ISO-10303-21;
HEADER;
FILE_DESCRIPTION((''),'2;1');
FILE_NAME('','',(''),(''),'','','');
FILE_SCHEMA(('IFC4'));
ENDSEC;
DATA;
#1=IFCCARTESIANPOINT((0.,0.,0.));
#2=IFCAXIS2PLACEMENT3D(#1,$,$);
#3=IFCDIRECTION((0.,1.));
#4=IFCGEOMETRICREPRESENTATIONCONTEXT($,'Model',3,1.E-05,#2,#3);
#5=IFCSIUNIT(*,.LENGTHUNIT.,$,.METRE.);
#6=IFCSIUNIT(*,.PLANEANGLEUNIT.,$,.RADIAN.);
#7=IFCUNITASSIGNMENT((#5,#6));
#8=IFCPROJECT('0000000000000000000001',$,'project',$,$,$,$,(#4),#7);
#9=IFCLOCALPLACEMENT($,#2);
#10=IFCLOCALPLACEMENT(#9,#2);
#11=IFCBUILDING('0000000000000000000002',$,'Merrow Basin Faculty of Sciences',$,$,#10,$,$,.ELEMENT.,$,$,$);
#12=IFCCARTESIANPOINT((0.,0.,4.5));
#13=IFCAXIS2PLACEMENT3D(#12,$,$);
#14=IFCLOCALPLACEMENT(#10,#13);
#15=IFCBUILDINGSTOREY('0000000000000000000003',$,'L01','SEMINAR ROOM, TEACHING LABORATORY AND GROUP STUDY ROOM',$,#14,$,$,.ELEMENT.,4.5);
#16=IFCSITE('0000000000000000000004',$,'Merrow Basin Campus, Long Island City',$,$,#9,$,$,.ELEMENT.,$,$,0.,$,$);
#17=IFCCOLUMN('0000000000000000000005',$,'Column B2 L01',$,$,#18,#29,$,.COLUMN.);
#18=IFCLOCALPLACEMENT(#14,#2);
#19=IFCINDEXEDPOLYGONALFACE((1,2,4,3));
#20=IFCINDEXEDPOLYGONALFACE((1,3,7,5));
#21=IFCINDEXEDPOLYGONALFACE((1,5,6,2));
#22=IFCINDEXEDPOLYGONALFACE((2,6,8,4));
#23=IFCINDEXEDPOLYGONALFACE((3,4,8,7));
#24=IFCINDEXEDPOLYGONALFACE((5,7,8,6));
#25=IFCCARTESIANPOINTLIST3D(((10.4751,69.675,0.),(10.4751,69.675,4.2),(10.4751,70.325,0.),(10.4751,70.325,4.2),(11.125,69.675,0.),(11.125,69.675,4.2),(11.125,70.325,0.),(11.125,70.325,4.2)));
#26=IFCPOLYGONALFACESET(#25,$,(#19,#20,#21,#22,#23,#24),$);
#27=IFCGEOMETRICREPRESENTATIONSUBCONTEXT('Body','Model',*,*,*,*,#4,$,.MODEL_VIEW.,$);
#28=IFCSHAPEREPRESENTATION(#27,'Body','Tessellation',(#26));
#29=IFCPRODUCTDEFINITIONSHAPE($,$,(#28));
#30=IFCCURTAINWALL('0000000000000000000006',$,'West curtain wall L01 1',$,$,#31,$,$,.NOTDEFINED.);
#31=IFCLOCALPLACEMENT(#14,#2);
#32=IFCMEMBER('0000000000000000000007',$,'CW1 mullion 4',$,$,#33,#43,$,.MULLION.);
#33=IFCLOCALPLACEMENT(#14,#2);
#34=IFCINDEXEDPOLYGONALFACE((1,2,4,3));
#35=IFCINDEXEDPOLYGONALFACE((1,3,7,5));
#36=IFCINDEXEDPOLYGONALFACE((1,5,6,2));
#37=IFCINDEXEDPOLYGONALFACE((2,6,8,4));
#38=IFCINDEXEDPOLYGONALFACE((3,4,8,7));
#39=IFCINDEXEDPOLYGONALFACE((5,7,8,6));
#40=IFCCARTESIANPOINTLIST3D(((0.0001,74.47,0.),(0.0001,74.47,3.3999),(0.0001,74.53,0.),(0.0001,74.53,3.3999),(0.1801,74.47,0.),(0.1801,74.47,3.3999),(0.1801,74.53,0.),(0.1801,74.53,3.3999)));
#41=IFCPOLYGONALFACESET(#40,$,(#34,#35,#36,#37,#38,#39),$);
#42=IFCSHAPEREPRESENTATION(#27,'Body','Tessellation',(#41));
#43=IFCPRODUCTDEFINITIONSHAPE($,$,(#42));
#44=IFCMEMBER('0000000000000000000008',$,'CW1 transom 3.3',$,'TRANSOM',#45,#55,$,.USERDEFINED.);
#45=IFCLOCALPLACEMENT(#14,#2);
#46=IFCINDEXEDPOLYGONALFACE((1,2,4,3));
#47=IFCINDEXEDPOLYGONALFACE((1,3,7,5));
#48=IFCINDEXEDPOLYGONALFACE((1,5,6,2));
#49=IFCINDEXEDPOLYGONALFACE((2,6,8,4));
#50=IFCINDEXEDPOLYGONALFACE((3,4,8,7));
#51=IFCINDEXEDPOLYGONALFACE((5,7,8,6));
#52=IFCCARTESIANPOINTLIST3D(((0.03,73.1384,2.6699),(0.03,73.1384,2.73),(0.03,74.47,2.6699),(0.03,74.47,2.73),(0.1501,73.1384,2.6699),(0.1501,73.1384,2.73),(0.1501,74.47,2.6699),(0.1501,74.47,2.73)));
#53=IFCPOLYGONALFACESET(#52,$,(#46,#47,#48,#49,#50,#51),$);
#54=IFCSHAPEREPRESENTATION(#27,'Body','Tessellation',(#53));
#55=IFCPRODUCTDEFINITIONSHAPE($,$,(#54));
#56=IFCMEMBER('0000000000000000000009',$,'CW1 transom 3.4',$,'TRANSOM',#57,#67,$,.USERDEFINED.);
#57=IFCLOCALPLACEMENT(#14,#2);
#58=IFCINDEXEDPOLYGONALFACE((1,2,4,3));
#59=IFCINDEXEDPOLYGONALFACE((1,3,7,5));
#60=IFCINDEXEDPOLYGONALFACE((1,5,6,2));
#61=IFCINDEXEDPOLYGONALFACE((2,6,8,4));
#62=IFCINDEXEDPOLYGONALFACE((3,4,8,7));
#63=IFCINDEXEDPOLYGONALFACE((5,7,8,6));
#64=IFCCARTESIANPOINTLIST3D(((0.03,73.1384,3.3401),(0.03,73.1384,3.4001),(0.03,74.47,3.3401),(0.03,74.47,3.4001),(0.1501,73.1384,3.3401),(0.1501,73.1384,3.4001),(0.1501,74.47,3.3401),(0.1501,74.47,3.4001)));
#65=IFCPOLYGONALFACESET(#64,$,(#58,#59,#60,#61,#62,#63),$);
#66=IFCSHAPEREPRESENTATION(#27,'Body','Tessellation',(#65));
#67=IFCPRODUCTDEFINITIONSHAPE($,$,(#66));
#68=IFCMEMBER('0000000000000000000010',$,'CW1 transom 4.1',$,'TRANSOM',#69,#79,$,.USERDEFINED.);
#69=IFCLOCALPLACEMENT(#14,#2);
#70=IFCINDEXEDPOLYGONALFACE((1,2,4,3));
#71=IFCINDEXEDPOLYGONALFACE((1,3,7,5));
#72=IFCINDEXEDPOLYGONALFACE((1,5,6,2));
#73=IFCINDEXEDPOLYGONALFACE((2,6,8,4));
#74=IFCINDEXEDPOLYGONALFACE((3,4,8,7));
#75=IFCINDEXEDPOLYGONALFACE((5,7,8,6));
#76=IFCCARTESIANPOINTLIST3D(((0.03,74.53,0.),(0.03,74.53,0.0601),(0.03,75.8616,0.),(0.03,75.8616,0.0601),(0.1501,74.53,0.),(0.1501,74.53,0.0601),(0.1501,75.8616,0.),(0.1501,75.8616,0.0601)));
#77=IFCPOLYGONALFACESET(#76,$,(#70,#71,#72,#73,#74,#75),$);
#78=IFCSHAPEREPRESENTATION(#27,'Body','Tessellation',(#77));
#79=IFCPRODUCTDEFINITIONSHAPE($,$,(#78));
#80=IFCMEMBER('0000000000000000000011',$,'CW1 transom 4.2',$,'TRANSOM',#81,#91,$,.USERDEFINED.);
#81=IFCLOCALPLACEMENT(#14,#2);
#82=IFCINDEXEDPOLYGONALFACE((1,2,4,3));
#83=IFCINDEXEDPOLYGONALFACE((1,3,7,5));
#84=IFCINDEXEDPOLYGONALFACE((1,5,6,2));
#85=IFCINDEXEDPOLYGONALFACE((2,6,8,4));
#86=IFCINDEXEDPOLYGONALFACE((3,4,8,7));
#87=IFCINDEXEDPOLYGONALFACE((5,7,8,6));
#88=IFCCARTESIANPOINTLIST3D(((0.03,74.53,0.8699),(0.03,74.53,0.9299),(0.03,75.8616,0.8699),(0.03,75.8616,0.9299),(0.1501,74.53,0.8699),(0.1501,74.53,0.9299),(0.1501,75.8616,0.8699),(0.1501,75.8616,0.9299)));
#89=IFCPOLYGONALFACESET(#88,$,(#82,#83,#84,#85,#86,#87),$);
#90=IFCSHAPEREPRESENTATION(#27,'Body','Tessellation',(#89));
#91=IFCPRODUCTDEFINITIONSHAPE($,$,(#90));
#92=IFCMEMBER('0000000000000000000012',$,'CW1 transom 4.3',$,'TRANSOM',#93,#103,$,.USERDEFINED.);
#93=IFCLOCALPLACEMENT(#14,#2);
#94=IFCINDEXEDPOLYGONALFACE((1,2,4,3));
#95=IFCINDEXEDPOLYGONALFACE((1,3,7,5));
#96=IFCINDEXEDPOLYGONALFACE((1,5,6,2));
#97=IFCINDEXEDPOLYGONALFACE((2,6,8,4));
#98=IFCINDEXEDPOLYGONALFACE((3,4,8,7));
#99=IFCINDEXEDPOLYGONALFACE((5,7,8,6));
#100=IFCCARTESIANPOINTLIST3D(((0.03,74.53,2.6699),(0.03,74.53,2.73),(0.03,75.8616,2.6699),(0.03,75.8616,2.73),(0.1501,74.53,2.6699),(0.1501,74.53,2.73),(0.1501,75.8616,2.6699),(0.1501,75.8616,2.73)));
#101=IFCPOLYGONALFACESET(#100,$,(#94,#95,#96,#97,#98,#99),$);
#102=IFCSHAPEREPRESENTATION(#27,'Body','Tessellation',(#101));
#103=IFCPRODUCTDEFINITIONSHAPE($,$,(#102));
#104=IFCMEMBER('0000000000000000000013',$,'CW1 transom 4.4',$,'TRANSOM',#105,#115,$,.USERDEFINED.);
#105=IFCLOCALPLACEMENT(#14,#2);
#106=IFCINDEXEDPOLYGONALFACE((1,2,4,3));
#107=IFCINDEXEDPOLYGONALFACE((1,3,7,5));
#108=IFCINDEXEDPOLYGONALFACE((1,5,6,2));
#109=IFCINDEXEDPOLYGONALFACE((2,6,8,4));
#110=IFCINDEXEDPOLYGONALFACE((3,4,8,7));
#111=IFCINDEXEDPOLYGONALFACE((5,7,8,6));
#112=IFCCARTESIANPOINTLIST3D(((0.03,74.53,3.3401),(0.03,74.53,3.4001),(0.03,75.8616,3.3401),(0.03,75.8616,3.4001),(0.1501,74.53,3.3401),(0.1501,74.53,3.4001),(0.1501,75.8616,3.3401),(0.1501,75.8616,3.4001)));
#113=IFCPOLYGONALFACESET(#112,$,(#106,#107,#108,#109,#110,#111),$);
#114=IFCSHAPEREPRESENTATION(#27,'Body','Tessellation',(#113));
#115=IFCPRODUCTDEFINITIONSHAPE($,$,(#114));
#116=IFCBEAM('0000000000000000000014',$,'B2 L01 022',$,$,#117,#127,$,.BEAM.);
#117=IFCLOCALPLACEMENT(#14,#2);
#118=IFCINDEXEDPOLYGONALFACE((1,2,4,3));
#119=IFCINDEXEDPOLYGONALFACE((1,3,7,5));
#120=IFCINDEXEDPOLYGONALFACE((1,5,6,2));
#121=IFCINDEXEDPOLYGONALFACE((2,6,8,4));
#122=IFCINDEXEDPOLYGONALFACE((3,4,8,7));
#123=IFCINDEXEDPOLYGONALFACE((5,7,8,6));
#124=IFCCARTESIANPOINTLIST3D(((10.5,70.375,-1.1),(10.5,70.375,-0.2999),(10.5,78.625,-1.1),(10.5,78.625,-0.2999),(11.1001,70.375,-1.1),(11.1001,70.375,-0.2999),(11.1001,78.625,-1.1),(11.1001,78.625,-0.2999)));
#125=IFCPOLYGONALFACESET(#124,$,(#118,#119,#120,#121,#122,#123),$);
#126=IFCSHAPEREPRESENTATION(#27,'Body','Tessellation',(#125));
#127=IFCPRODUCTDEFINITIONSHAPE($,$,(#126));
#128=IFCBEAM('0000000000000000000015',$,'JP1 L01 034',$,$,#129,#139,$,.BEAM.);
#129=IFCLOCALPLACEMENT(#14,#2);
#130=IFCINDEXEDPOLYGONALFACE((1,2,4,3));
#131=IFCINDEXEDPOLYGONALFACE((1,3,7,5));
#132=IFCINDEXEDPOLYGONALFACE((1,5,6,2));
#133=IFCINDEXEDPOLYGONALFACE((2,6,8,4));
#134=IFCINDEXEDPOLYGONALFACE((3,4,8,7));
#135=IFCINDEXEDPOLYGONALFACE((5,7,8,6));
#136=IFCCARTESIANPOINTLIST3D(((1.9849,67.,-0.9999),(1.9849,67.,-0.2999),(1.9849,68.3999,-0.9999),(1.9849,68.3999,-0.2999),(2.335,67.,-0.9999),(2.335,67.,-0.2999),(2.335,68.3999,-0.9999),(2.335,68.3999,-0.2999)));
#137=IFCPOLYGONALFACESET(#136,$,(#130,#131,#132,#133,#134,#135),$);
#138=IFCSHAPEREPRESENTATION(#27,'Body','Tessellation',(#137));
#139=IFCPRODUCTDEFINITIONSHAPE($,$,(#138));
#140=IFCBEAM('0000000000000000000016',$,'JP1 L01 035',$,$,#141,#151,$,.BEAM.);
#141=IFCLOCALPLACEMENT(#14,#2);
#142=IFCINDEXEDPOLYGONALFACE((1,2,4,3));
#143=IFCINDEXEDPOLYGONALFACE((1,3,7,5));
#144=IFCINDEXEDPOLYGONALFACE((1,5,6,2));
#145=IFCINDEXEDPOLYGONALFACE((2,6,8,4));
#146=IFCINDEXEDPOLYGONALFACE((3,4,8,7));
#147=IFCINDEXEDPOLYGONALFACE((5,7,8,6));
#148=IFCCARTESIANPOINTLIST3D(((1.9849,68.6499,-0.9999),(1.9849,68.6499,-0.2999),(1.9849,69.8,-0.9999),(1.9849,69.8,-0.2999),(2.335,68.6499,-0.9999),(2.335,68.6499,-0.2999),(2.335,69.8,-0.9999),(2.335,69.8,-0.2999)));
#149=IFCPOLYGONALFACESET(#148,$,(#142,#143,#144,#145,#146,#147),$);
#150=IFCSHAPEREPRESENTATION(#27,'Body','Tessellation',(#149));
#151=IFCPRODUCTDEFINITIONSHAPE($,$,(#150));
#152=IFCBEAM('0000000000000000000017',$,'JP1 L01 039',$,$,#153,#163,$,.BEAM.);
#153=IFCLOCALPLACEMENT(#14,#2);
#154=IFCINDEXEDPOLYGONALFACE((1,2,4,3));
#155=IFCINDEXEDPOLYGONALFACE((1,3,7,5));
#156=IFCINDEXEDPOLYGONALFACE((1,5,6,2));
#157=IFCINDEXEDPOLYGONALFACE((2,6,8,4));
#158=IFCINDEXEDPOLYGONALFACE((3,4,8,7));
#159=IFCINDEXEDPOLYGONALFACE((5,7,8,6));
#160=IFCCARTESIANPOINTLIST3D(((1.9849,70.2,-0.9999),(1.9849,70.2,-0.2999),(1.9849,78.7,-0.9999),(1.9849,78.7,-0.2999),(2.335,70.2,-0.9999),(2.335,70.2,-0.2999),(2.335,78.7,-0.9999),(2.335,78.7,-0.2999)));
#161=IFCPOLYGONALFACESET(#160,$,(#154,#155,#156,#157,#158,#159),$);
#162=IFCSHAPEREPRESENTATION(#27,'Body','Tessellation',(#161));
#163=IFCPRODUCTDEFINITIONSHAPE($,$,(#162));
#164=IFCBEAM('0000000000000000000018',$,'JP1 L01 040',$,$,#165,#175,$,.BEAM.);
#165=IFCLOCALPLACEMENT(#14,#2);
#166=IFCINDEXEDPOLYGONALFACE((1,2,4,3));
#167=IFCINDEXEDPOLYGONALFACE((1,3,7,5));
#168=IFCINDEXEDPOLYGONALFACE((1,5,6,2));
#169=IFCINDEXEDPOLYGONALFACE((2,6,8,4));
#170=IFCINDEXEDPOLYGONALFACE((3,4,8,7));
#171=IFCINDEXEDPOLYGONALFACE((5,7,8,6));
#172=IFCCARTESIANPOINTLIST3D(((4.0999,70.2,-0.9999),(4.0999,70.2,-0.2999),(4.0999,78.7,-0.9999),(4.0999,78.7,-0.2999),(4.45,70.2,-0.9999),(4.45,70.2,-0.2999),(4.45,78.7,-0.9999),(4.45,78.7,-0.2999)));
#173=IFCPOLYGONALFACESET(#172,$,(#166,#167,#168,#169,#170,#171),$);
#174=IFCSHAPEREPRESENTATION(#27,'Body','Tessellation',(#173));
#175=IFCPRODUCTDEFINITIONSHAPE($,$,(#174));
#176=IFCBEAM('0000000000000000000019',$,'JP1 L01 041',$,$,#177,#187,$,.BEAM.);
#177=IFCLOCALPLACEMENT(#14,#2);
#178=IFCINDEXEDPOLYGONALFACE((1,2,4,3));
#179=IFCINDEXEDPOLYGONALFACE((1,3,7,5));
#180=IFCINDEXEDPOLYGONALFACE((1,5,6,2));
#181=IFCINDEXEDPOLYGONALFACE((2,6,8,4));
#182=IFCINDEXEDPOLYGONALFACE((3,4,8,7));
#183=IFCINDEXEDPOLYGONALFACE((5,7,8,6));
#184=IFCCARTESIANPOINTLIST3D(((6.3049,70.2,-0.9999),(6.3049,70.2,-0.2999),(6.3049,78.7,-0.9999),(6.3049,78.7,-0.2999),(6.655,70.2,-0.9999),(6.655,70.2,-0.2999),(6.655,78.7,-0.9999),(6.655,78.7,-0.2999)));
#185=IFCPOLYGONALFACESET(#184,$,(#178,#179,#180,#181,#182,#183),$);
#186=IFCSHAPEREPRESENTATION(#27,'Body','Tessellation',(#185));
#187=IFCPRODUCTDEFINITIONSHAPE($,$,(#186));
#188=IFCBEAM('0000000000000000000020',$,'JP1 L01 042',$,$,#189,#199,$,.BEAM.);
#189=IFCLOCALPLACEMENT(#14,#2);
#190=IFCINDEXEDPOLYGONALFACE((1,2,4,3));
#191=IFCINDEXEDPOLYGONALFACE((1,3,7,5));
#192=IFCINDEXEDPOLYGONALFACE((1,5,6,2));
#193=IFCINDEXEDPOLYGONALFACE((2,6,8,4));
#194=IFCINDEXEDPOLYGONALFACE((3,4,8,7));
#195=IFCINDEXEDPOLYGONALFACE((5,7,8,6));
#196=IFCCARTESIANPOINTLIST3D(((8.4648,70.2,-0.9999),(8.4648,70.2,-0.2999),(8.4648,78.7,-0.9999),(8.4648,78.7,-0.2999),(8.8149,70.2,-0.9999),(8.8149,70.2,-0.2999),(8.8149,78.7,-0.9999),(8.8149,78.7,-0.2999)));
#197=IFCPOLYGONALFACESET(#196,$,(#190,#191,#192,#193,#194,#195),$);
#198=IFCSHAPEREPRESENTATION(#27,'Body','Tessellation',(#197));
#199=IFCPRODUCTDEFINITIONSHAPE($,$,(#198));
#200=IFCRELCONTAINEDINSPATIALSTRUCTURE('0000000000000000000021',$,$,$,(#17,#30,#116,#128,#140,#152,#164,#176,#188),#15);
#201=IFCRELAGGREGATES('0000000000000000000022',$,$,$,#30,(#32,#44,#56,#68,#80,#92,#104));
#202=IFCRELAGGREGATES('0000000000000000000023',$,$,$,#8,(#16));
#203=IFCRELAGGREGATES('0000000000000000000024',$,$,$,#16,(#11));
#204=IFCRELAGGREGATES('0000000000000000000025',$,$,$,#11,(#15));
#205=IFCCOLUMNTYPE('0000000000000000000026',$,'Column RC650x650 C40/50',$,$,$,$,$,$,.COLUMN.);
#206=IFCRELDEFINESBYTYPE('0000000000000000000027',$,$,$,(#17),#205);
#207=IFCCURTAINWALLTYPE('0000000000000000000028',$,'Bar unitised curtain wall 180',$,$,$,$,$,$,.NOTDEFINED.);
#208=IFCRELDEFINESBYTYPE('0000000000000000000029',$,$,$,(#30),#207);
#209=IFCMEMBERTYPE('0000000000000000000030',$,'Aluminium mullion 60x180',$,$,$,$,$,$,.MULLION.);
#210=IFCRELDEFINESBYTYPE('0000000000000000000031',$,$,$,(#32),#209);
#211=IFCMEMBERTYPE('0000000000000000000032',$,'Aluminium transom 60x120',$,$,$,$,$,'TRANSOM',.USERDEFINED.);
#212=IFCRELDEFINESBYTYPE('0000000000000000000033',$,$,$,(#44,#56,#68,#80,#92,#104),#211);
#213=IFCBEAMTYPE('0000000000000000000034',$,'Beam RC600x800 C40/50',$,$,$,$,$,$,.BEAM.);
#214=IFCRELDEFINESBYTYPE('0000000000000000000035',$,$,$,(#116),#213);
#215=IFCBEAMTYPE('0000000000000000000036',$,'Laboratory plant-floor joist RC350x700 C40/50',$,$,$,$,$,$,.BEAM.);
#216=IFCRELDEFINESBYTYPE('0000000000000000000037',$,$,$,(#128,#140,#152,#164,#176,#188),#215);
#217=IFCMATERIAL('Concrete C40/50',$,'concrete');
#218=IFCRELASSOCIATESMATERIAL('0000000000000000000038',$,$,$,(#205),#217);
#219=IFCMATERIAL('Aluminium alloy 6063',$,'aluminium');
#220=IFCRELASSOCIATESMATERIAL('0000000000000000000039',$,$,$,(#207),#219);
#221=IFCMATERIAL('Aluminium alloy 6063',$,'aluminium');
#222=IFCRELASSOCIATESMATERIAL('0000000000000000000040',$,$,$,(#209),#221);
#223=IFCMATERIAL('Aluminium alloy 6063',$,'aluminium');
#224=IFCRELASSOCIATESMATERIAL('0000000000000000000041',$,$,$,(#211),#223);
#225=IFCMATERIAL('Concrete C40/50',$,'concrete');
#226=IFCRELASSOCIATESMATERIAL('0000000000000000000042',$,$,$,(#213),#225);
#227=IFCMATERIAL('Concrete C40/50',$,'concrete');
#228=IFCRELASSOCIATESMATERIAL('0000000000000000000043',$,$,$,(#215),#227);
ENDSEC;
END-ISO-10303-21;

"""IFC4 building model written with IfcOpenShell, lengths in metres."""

from ifc_helpers import new_model, si_unit, direction, frame, origin, origin_2d, place, context, subcontext, project, spatial, rectangle, extrude, material, material_profile, profile_set, type_object, element, aggregate, save


model = new_model("IFC4")

# Units and contexts
model_context = context("Model", 3, precision=1e-05, world=origin(), true_north=direction((0.0, 1.0)))
body_context = subcontext(model_context, "Body", "Model", "MODEL_VIEW")
ifc_project = project(units=[si_unit("LENGTHUNIT", "METRE"), si_unit("PLANEANGLEUNIT", "RADIAN")], contexts=[model_context])

# Site, building, storey
site_placement = place(None, origin())
site = spatial("IfcSite", under=ifc_project, at=site_placement, Name="Merrow Basin Campus, Long Island City", CompositionType="ELEMENT", RefElevation=0.0)
building_placement = place(site_placement, origin())
building = spatial("IfcBuilding", under=site, at=building_placement, Name="Merrow Basin Faculty of Sciences", CompositionType="ELEMENT")
storey_placement = place(building_placement, frame((0.0, 0.0, 4.5)))
storey = spatial("IfcBuildingStorey", under=building, at=storey_placement, Name="L01", Description="SEMINAR ROOM, TEACHING LABORATORY AND GROUP STUDY ROOM", CompositionType="ELEMENT", Elevation=4.5)

# Column
ifc_material_1 = material(Name="Concrete C40/50", Category="concrete")
ifc_material_profile_1 = material_profile(ifc_material_1, rectangle(XDim=0.6499, YDim=0.6499, at=origin_2d()))
ifc_profile_set_1 = profile_set([ifc_material_profile_1], Name="Concrete C40/50")
column_type = type_object("IfcColumnType", Name="Column RC650x650 C40/50", PredefinedType="COLUMN", material=ifc_profile_set_1)
column_placement = place(storey_placement, frame((10.8, 70.0, 0.0), z_axis=(0.0, 0.0, 1.0), x_axis=(1.0, 0.0, 0.0)))
element("IfcColumn", 1, at=column_placement, inside=storey, type_object=column_type, Name="Column B2 L01", PredefinedType="COLUMN", context=body_context, shape_type="SweptSolid", body=[
    extrude(rectangle(XDim=0.6499, YDim=0.6499, at=origin_2d()), origin(), (0.0, 0.0, 1.0), 4.2),
])

# Curtain wall, members
ifc_material_2 = material(Name="Aluminium alloy 6063", Category="aluminium")
curtain_wall_type = type_object("IfcCurtainWallType", Name="Bar unitised curtain wall 180", PredefinedType="NOTDEFINED", material=ifc_material_2)
curtain_wall_placement = place(storey_placement, origin())
curtain_wall = element("IfcCurtainWall", 2, at=curtain_wall_placement, inside=storey, type_object=curtain_wall_type, Name="West curtain wall L01 1", PredefinedType="NOTDEFINED")
ifc_material_3 = material(Name="Aluminium alloy 6063", Category="aluminium")
ifc_material_profile_2 = material_profile(ifc_material_3, rectangle(XDim=0.1799, YDim=0.0601, at=origin_2d()))
ifc_profile_set_2 = profile_set([ifc_material_profile_2], Name="Aluminium alloy 6063")
member_type_1 = type_object("IfcMemberType", Name="Aluminium mullion 60x180", PredefinedType="MULLION", material=ifc_profile_set_2)
member_1_placement = place(storey_placement, frame((0.0901, 74.5, 0.0), z_axis=(0.0, 0.0, 1.0), x_axis=(-1.0, 0.0, 0.0)))
member_1 = element("IfcMember", 3, at=member_1_placement, type_object=member_type_1, Name="CW1 mullion 4", PredefinedType="MULLION", context=body_context, shape_type="SweptSolid", body=[
    extrude(rectangle(XDim=0.1799, YDim=0.0601, at=origin_2d()), origin(), (0.0, 0.0, 1.0), 3.3999),
])
ifc_material_4 = material(Name="Aluminium alloy 6063", Category="aluminium")
ifc_material_profile_3 = material_profile(ifc_material_4, rectangle(XDim=0.1201, YDim=0.0601, at=origin_2d()))
ifc_profile_set_3 = profile_set([ifc_material_profile_3], Name="Aluminium alloy 6063")
member_type_2 = type_object("IfcMemberType", Name="Aluminium transom 60x120", ElementType="TRANSOM", PredefinedType="USERDEFINED", material=ifc_profile_set_3)
member_2_placement = place(storey_placement, frame((0.0901, 73.1384, 2.7), z_axis=(0.0, 1.0, 0.0), x_axis=(-1.0, 0.0, 0.0)))
member_2 = element("IfcMember", 4, at=member_2_placement, type_object=member_type_2, Name="CW1 transom 3.3", ObjectType="TRANSOM", PredefinedType="USERDEFINED", context=body_context, shape_type="SweptSolid", body=[
    extrude(rectangle(XDim=0.1201, YDim=0.0601, at=origin_2d()), origin(), (0.0, 0.0, 1.0), 1.3315),
])
member_3_placement = place(storey_placement, frame((0.0901, 73.1384, 3.3701), z_axis=(0.0, 1.0, 0.0), x_axis=(-1.0, 0.0, 0.0)))
member_3 = element("IfcMember", 5, at=member_3_placement, type_object=member_type_2, Name="CW1 transom 3.4", ObjectType="TRANSOM", PredefinedType="USERDEFINED", context=body_context, shape_type="SweptSolid", body=[
    extrude(rectangle(XDim=0.1201, YDim=0.0601, at=origin_2d()), origin(), (0.0, 0.0, 1.0), 1.3315),
])
member_4_placement = place(storey_placement, frame((0.0901, 74.53, 0.03), z_axis=(0.0, 1.0, 0.0), x_axis=(-1.0, 0.0, 0.0)))
member_4 = element("IfcMember", 6, at=member_4_placement, type_object=member_type_2, Name="CW1 transom 4.1", ObjectType="TRANSOM", PredefinedType="USERDEFINED", context=body_context, shape_type="SweptSolid", body=[
    extrude(rectangle(XDim=0.1201, YDim=0.0601, at=origin_2d()), origin(), (0.0, 0.0, 1.0), 1.3315),
])
member_5_placement = place(storey_placement, frame((0.0901, 74.53, 0.8999), z_axis=(0.0, 1.0, 0.0), x_axis=(-1.0, 0.0, 0.0)))
member_5 = element("IfcMember", 7, at=member_5_placement, type_object=member_type_2, Name="CW1 transom 4.2", ObjectType="TRANSOM", PredefinedType="USERDEFINED", context=body_context, shape_type="SweptSolid", body=[
    extrude(rectangle(XDim=0.1201, YDim=0.0601, at=origin_2d()), origin(), (0.0, 0.0, 1.0), 1.3315),
])
member_6_placement = place(storey_placement, frame((0.0901, 74.53, 2.7), z_axis=(0.0, 1.0, 0.0), x_axis=(-1.0, 0.0, 0.0)))
member_6 = element("IfcMember", 8, at=member_6_placement, type_object=member_type_2, Name="CW1 transom 4.3", ObjectType="TRANSOM", PredefinedType="USERDEFINED", context=body_context, shape_type="SweptSolid", body=[
    extrude(rectangle(XDim=0.1201, YDim=0.0601, at=origin_2d()), origin(), (0.0, 0.0, 1.0), 1.3315),
])
member_7_placement = place(storey_placement, frame((0.0901, 74.53, 3.3701), z_axis=(0.0, 1.0, 0.0), x_axis=(-1.0, 0.0, 0.0)))
member_7 = element("IfcMember", 9, at=member_7_placement, type_object=member_type_2, Name="CW1 transom 4.4", ObjectType="TRANSOM", PredefinedType="USERDEFINED", context=body_context, shape_type="SweptSolid", body=[
    extrude(rectangle(XDim=0.1201, YDim=0.0601, at=origin_2d()), origin(), (0.0, 0.0, 1.0), 1.3315),
])

# Beams
ifc_material_5 = material(Name="Concrete C40/50", Category="concrete")
ifc_material_profile_4 = material_profile(ifc_material_5, rectangle(XDim=0.6001, YDim=0.8, at=origin_2d()))
ifc_profile_set_4 = profile_set([ifc_material_profile_4], Name="Concrete C40/50")
beam_type_1 = type_object("IfcBeamType", Name="Beam RC600x800 C40/50", PredefinedType="BEAM", material=ifc_profile_set_4)
beam_1_placement = place(storey_placement, frame((10.8, 70.375, -0.7), z_axis=(0.0, 1.0, 0.0), x_axis=(-1.0, 0.0, 0.0)))
element("IfcBeam", 10, at=beam_1_placement, inside=storey, type_object=beam_type_1, Name="B2 L01 022", PredefinedType="BEAM", context=body_context, shape_type="SweptSolid", body=[
    extrude(rectangle(XDim=0.6001, YDim=0.8, at=origin_2d()), origin(), (0.0, 0.0, 1.0), 8.25),
])
ifc_material_6 = material(Name="Concrete C40/50", Category="concrete")
ifc_material_profile_5 = material_profile(ifc_material_6, rectangle(XDim=0.3501, YDim=0.7, at=origin_2d()))
ifc_profile_set_5 = profile_set([ifc_material_profile_5], Name="Concrete C40/50")
beam_type_2 = type_object("IfcBeamType", Name="Laboratory plant-floor joist RC350x700 C40/50", PredefinedType="BEAM", material=ifc_profile_set_5)
beam_2_placement = place(storey_placement, frame((2.1599, 67.0, -0.6499), z_axis=(0.0, 1.0, 0.0), x_axis=(-1.0, 0.0, 0.0)))
element("IfcBeam", 11, at=beam_2_placement, inside=storey, type_object=beam_type_2, Name="JP1 L01 034", PredefinedType="BEAM", context=body_context, shape_type="SweptSolid", body=[
    extrude(rectangle(XDim=0.3501, YDim=0.7, at=origin_2d()), origin(), (0.0, 0.0, 1.0), 1.3999),
])
beam_3_placement = place(storey_placement, frame((2.1599, 68.6499, -0.6499), z_axis=(0.0, 1.0, 0.0), x_axis=(-1.0, 0.0, 0.0)))
element("IfcBeam", 12, at=beam_3_placement, inside=storey, type_object=beam_type_2, Name="JP1 L01 035", PredefinedType="BEAM", context=body_context, shape_type="SweptSolid", body=[
    extrude(rectangle(XDim=0.3501, YDim=0.7, at=origin_2d()), origin(), (0.0, 0.0, 1.0), 1.1501),
])
for number, where, z_axis, x_axis, name in (
    (13, (2.1599, 70.2, -0.6499), (0.0, 1.0, 0.0), (-1.0, 0.0, 0.0), "JP1 L01 039"),
    (14, (4.2749, 70.2, -0.6499), (0.0, 1.0, 0.0), (-1.0, 0.0, 0.0), "JP1 L01 040"),
    (15, (6.48, 70.2, -0.6499), (0.0, 1.0, 0.0), (-1.0, 0.0, 0.0), "JP1 L01 041"),
    (16, (8.6399, 70.2, -0.6499), (0.0, 1.0, 0.0), (-1.0, 0.0, 0.0), "JP1 L01 042"),
):
    element("IfcBeam", number, at=place(storey_placement, frame(where, z_axis=z_axis, x_axis=x_axis)), inside=storey, type_object=beam_type_2, Name=name, PredefinedType="BEAM", context=body_context, shape_type="SweptSolid", body=[
        extrude(rectangle(XDim=0.3501, YDim=0.7, at=origin_2d()), origin(), (0.0, 0.0, 1.0), 8.5),
    ])

aggregate(curtain_wall, [member_1, member_2, member_3, member_4, member_5, member_6, member_7])

save(model, "model.ifc")
